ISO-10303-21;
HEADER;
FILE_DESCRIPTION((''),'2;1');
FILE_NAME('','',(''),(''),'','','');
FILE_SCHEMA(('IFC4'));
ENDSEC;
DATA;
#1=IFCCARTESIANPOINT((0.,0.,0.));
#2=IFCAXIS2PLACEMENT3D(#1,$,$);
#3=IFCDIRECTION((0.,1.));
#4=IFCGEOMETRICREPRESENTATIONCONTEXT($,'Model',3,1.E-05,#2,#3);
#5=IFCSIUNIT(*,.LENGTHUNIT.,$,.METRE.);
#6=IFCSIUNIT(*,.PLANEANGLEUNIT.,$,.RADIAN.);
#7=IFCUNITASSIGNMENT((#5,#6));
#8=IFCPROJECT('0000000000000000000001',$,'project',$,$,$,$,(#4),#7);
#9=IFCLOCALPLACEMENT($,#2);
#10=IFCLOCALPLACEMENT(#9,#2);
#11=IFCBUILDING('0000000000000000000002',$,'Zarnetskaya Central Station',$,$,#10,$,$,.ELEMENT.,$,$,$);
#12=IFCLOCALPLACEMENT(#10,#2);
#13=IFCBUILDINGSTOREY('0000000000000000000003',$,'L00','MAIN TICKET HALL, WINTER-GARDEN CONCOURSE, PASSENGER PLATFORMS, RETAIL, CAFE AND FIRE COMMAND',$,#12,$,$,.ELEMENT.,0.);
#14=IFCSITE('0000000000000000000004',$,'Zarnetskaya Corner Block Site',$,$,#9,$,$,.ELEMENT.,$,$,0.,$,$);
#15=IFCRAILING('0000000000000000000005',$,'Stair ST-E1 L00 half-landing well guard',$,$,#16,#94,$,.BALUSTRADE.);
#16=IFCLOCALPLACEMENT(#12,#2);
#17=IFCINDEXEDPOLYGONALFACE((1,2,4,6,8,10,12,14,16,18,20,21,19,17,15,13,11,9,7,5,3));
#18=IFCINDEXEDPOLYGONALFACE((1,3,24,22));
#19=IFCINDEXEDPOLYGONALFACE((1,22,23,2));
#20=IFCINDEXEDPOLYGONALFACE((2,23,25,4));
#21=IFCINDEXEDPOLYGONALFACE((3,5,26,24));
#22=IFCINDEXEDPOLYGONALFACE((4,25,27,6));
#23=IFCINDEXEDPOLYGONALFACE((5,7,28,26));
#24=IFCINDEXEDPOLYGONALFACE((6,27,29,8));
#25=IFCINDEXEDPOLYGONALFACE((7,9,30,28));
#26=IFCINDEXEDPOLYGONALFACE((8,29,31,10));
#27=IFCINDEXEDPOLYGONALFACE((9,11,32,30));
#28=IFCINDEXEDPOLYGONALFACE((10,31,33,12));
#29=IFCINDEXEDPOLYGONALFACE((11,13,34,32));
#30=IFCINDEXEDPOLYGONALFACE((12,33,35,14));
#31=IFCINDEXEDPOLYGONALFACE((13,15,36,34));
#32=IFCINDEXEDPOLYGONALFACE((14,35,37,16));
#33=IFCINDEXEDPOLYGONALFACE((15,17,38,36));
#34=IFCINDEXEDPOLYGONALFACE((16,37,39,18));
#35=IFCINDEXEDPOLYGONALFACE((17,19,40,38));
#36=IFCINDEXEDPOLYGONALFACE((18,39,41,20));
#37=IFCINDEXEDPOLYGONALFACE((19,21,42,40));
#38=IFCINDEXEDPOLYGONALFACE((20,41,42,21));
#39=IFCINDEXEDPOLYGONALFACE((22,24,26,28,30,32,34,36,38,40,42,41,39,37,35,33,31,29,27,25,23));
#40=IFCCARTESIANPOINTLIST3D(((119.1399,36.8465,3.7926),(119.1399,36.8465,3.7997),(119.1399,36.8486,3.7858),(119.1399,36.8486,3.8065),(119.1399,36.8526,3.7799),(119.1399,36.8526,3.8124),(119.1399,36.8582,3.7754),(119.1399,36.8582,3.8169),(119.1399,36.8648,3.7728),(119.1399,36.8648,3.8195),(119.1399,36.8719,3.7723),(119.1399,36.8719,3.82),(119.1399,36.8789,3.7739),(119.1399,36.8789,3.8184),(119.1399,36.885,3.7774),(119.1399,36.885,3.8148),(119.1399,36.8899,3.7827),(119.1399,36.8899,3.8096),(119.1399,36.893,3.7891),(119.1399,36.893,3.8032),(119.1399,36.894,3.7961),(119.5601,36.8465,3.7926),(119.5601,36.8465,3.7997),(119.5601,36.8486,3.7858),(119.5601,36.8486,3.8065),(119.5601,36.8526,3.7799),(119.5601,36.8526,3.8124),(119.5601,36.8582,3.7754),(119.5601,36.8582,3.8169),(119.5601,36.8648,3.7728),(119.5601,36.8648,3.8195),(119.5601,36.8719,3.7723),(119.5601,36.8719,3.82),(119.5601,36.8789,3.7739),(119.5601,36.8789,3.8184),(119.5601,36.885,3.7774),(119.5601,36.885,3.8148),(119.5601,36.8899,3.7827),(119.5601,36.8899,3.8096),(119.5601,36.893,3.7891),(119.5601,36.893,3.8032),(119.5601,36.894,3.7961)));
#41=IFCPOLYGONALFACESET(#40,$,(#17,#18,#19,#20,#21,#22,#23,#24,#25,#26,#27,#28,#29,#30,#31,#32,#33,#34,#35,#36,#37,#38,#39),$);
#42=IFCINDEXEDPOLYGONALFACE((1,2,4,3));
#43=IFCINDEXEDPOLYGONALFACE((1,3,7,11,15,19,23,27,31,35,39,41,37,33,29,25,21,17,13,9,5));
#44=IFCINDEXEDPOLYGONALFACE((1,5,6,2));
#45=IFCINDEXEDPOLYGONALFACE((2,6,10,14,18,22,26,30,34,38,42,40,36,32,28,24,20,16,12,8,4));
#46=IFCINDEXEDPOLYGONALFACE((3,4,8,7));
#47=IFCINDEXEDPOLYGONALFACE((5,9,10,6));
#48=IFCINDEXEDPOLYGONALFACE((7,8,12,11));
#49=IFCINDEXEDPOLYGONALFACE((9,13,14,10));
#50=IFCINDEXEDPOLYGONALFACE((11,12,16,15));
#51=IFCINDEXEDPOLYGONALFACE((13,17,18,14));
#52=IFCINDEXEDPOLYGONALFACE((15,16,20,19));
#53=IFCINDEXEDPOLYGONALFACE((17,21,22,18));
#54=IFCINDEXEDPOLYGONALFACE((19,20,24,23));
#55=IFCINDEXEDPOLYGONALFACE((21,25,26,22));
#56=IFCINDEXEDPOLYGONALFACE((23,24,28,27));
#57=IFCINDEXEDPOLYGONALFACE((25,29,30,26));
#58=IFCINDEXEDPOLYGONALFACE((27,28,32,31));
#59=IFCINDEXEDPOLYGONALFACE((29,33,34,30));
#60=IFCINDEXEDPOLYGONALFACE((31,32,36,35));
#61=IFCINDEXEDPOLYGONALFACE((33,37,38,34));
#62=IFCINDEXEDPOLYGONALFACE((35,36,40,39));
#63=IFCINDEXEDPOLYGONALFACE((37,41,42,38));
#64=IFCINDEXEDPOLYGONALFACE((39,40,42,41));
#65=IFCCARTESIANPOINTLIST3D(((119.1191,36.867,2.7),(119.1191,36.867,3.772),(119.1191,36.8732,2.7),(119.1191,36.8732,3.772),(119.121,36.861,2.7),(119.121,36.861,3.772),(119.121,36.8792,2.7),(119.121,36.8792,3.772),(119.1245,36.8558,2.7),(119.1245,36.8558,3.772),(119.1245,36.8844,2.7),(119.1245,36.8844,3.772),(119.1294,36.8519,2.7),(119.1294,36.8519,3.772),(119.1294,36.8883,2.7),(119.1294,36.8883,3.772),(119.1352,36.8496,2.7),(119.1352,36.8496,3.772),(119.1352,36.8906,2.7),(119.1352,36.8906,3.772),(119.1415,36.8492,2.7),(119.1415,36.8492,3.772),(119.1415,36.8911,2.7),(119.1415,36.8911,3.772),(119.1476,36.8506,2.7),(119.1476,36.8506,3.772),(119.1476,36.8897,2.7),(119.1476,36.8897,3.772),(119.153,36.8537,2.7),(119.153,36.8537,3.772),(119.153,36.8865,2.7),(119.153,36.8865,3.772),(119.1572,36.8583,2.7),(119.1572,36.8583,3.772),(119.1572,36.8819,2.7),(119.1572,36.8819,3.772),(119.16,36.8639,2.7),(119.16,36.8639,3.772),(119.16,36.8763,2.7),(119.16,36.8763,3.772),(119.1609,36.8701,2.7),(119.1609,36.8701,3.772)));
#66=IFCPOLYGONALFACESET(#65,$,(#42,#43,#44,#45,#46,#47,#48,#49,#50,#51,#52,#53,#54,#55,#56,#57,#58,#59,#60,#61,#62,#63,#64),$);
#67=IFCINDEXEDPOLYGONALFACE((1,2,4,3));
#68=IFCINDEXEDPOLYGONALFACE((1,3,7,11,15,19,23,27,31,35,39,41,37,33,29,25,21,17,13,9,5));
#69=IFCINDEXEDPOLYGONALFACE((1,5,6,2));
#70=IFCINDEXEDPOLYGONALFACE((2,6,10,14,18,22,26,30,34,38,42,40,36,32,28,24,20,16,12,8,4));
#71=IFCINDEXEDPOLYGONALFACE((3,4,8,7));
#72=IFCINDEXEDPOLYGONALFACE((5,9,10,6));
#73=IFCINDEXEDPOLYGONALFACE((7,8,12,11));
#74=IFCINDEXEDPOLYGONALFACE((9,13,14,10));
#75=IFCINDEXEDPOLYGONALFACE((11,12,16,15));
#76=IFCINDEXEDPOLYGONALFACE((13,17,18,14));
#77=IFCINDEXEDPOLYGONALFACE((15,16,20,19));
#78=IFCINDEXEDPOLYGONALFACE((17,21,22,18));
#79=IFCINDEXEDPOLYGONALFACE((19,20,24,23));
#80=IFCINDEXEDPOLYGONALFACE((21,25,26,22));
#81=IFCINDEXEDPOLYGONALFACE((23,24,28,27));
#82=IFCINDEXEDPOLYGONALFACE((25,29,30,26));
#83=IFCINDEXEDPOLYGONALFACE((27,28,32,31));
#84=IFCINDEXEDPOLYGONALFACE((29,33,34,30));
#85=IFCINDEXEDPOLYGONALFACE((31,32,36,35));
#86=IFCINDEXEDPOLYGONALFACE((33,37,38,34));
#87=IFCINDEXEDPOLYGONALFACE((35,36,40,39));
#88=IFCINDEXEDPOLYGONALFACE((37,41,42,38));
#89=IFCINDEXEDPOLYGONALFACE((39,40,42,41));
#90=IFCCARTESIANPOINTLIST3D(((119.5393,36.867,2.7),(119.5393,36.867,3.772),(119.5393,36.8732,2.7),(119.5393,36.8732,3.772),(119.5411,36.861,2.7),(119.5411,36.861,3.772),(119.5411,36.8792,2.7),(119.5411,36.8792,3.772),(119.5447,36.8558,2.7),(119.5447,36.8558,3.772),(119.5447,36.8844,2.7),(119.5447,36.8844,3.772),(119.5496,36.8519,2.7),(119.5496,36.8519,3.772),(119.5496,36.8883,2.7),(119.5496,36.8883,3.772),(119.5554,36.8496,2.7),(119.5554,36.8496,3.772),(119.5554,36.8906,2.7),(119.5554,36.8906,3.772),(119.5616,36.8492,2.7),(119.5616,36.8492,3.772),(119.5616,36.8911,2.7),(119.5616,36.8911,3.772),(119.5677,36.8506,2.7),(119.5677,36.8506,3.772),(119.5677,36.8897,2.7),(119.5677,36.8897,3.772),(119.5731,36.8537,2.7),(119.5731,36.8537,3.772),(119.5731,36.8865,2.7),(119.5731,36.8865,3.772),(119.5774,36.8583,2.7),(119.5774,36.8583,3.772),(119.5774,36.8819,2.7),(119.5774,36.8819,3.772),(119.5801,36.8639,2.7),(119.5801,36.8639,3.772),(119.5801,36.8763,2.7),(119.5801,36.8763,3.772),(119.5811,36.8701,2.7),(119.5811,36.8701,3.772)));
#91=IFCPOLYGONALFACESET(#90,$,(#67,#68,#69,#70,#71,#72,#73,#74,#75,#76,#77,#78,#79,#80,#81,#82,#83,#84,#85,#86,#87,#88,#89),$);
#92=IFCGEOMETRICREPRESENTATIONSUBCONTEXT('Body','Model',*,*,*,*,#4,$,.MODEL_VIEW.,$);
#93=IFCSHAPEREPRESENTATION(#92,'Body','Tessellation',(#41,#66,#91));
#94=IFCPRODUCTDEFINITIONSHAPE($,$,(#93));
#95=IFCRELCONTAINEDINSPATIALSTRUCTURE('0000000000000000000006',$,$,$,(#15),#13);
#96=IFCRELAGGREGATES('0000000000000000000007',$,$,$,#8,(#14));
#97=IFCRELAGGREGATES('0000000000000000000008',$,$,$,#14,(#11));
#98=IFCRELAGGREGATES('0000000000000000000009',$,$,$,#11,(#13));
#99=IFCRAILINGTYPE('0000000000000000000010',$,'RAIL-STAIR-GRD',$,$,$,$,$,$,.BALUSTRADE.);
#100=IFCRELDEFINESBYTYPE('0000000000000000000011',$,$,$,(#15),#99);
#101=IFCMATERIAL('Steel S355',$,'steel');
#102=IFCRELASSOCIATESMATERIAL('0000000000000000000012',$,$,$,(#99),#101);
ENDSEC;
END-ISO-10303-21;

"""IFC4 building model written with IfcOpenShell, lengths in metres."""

from ifc_helpers import new_model, si_unit, direction, frame, origin, origin_2d, place, context, subcontext, project, spatial, circle, extrude, material, type_object, element, save


model = new_model("IFC4")

# Units and contexts
model_context = context("Model", 3, precision=1e-05, world=origin(), true_north=direction((0.0, 1.0)))
body_context = subcontext(model_context, "Body", "Model", "MODEL_VIEW")
ifc_project = project(units=[si_unit("LENGTHUNIT", "METRE"), si_unit("PLANEANGLEUNIT", "RADIAN")], contexts=[model_context])

# Site, building, storey
site_placement = place(None, origin())
site = spatial("IfcSite", under=ifc_project, at=site_placement, Name="Zarnetskaya Corner Block Site", CompositionType="ELEMENT", RefElevation=0.0)
building_placement = place(site_placement, origin())
building = spatial("IfcBuilding", under=site, at=building_placement, Name="Zarnetskaya Central Station", CompositionType="ELEMENT")
storey_placement = place(building_placement, origin())
storey = spatial("IfcBuildingStorey", under=building, at=storey_placement, Name="L00", Description="MAIN TICKET HALL, WINTER-GARDEN CONCOURSE, PASSENGER PLATFORMS, RETAIL, CAFE AND FIRE COMMAND", CompositionType="ELEMENT", Elevation=0.0)

# Shared definitions
ifc_material_1 = material(Name="Steel S355", Category="steel")

# Railing
railing_type_1 = type_object("IfcRailingType", Name="RAIL-STAIR-GRD", PredefinedType="BALUSTRADE", material=ifc_material_1)
railing_1_placement = place(storey_placement, frame((119.1399, 36.8701, 2.7)))
element("IfcRailing", 1, at=railing_1_placement, inside=storey, type_object=railing_type_1, Name="Stair ST-E1 L00 half-landing well guard", PredefinedType="BALUSTRADE", context=body_context, shape_type="SweptSolid", body=[
    extrude(circle(Radius=0.0239, at=origin_2d()), frame((0.0, 0.0, 1.0962), z_axis=(1.0, 0.0, 0.0), x_axis=(0.0, 1.0, 0.0)), (0.0, 0.0, 1.0), 0.4202),
    extrude(circle(Radius=0.021, at=origin_2d()), origin(), (0.0, 0.0, 1.0), 1.072),
    extrude(circle(Radius=0.021, at=origin_2d()), frame((0.4202, 0.0, 0.0)), (0.0, 0.0, 1.0), 1.072),
])

save(model, "model.ifc")
